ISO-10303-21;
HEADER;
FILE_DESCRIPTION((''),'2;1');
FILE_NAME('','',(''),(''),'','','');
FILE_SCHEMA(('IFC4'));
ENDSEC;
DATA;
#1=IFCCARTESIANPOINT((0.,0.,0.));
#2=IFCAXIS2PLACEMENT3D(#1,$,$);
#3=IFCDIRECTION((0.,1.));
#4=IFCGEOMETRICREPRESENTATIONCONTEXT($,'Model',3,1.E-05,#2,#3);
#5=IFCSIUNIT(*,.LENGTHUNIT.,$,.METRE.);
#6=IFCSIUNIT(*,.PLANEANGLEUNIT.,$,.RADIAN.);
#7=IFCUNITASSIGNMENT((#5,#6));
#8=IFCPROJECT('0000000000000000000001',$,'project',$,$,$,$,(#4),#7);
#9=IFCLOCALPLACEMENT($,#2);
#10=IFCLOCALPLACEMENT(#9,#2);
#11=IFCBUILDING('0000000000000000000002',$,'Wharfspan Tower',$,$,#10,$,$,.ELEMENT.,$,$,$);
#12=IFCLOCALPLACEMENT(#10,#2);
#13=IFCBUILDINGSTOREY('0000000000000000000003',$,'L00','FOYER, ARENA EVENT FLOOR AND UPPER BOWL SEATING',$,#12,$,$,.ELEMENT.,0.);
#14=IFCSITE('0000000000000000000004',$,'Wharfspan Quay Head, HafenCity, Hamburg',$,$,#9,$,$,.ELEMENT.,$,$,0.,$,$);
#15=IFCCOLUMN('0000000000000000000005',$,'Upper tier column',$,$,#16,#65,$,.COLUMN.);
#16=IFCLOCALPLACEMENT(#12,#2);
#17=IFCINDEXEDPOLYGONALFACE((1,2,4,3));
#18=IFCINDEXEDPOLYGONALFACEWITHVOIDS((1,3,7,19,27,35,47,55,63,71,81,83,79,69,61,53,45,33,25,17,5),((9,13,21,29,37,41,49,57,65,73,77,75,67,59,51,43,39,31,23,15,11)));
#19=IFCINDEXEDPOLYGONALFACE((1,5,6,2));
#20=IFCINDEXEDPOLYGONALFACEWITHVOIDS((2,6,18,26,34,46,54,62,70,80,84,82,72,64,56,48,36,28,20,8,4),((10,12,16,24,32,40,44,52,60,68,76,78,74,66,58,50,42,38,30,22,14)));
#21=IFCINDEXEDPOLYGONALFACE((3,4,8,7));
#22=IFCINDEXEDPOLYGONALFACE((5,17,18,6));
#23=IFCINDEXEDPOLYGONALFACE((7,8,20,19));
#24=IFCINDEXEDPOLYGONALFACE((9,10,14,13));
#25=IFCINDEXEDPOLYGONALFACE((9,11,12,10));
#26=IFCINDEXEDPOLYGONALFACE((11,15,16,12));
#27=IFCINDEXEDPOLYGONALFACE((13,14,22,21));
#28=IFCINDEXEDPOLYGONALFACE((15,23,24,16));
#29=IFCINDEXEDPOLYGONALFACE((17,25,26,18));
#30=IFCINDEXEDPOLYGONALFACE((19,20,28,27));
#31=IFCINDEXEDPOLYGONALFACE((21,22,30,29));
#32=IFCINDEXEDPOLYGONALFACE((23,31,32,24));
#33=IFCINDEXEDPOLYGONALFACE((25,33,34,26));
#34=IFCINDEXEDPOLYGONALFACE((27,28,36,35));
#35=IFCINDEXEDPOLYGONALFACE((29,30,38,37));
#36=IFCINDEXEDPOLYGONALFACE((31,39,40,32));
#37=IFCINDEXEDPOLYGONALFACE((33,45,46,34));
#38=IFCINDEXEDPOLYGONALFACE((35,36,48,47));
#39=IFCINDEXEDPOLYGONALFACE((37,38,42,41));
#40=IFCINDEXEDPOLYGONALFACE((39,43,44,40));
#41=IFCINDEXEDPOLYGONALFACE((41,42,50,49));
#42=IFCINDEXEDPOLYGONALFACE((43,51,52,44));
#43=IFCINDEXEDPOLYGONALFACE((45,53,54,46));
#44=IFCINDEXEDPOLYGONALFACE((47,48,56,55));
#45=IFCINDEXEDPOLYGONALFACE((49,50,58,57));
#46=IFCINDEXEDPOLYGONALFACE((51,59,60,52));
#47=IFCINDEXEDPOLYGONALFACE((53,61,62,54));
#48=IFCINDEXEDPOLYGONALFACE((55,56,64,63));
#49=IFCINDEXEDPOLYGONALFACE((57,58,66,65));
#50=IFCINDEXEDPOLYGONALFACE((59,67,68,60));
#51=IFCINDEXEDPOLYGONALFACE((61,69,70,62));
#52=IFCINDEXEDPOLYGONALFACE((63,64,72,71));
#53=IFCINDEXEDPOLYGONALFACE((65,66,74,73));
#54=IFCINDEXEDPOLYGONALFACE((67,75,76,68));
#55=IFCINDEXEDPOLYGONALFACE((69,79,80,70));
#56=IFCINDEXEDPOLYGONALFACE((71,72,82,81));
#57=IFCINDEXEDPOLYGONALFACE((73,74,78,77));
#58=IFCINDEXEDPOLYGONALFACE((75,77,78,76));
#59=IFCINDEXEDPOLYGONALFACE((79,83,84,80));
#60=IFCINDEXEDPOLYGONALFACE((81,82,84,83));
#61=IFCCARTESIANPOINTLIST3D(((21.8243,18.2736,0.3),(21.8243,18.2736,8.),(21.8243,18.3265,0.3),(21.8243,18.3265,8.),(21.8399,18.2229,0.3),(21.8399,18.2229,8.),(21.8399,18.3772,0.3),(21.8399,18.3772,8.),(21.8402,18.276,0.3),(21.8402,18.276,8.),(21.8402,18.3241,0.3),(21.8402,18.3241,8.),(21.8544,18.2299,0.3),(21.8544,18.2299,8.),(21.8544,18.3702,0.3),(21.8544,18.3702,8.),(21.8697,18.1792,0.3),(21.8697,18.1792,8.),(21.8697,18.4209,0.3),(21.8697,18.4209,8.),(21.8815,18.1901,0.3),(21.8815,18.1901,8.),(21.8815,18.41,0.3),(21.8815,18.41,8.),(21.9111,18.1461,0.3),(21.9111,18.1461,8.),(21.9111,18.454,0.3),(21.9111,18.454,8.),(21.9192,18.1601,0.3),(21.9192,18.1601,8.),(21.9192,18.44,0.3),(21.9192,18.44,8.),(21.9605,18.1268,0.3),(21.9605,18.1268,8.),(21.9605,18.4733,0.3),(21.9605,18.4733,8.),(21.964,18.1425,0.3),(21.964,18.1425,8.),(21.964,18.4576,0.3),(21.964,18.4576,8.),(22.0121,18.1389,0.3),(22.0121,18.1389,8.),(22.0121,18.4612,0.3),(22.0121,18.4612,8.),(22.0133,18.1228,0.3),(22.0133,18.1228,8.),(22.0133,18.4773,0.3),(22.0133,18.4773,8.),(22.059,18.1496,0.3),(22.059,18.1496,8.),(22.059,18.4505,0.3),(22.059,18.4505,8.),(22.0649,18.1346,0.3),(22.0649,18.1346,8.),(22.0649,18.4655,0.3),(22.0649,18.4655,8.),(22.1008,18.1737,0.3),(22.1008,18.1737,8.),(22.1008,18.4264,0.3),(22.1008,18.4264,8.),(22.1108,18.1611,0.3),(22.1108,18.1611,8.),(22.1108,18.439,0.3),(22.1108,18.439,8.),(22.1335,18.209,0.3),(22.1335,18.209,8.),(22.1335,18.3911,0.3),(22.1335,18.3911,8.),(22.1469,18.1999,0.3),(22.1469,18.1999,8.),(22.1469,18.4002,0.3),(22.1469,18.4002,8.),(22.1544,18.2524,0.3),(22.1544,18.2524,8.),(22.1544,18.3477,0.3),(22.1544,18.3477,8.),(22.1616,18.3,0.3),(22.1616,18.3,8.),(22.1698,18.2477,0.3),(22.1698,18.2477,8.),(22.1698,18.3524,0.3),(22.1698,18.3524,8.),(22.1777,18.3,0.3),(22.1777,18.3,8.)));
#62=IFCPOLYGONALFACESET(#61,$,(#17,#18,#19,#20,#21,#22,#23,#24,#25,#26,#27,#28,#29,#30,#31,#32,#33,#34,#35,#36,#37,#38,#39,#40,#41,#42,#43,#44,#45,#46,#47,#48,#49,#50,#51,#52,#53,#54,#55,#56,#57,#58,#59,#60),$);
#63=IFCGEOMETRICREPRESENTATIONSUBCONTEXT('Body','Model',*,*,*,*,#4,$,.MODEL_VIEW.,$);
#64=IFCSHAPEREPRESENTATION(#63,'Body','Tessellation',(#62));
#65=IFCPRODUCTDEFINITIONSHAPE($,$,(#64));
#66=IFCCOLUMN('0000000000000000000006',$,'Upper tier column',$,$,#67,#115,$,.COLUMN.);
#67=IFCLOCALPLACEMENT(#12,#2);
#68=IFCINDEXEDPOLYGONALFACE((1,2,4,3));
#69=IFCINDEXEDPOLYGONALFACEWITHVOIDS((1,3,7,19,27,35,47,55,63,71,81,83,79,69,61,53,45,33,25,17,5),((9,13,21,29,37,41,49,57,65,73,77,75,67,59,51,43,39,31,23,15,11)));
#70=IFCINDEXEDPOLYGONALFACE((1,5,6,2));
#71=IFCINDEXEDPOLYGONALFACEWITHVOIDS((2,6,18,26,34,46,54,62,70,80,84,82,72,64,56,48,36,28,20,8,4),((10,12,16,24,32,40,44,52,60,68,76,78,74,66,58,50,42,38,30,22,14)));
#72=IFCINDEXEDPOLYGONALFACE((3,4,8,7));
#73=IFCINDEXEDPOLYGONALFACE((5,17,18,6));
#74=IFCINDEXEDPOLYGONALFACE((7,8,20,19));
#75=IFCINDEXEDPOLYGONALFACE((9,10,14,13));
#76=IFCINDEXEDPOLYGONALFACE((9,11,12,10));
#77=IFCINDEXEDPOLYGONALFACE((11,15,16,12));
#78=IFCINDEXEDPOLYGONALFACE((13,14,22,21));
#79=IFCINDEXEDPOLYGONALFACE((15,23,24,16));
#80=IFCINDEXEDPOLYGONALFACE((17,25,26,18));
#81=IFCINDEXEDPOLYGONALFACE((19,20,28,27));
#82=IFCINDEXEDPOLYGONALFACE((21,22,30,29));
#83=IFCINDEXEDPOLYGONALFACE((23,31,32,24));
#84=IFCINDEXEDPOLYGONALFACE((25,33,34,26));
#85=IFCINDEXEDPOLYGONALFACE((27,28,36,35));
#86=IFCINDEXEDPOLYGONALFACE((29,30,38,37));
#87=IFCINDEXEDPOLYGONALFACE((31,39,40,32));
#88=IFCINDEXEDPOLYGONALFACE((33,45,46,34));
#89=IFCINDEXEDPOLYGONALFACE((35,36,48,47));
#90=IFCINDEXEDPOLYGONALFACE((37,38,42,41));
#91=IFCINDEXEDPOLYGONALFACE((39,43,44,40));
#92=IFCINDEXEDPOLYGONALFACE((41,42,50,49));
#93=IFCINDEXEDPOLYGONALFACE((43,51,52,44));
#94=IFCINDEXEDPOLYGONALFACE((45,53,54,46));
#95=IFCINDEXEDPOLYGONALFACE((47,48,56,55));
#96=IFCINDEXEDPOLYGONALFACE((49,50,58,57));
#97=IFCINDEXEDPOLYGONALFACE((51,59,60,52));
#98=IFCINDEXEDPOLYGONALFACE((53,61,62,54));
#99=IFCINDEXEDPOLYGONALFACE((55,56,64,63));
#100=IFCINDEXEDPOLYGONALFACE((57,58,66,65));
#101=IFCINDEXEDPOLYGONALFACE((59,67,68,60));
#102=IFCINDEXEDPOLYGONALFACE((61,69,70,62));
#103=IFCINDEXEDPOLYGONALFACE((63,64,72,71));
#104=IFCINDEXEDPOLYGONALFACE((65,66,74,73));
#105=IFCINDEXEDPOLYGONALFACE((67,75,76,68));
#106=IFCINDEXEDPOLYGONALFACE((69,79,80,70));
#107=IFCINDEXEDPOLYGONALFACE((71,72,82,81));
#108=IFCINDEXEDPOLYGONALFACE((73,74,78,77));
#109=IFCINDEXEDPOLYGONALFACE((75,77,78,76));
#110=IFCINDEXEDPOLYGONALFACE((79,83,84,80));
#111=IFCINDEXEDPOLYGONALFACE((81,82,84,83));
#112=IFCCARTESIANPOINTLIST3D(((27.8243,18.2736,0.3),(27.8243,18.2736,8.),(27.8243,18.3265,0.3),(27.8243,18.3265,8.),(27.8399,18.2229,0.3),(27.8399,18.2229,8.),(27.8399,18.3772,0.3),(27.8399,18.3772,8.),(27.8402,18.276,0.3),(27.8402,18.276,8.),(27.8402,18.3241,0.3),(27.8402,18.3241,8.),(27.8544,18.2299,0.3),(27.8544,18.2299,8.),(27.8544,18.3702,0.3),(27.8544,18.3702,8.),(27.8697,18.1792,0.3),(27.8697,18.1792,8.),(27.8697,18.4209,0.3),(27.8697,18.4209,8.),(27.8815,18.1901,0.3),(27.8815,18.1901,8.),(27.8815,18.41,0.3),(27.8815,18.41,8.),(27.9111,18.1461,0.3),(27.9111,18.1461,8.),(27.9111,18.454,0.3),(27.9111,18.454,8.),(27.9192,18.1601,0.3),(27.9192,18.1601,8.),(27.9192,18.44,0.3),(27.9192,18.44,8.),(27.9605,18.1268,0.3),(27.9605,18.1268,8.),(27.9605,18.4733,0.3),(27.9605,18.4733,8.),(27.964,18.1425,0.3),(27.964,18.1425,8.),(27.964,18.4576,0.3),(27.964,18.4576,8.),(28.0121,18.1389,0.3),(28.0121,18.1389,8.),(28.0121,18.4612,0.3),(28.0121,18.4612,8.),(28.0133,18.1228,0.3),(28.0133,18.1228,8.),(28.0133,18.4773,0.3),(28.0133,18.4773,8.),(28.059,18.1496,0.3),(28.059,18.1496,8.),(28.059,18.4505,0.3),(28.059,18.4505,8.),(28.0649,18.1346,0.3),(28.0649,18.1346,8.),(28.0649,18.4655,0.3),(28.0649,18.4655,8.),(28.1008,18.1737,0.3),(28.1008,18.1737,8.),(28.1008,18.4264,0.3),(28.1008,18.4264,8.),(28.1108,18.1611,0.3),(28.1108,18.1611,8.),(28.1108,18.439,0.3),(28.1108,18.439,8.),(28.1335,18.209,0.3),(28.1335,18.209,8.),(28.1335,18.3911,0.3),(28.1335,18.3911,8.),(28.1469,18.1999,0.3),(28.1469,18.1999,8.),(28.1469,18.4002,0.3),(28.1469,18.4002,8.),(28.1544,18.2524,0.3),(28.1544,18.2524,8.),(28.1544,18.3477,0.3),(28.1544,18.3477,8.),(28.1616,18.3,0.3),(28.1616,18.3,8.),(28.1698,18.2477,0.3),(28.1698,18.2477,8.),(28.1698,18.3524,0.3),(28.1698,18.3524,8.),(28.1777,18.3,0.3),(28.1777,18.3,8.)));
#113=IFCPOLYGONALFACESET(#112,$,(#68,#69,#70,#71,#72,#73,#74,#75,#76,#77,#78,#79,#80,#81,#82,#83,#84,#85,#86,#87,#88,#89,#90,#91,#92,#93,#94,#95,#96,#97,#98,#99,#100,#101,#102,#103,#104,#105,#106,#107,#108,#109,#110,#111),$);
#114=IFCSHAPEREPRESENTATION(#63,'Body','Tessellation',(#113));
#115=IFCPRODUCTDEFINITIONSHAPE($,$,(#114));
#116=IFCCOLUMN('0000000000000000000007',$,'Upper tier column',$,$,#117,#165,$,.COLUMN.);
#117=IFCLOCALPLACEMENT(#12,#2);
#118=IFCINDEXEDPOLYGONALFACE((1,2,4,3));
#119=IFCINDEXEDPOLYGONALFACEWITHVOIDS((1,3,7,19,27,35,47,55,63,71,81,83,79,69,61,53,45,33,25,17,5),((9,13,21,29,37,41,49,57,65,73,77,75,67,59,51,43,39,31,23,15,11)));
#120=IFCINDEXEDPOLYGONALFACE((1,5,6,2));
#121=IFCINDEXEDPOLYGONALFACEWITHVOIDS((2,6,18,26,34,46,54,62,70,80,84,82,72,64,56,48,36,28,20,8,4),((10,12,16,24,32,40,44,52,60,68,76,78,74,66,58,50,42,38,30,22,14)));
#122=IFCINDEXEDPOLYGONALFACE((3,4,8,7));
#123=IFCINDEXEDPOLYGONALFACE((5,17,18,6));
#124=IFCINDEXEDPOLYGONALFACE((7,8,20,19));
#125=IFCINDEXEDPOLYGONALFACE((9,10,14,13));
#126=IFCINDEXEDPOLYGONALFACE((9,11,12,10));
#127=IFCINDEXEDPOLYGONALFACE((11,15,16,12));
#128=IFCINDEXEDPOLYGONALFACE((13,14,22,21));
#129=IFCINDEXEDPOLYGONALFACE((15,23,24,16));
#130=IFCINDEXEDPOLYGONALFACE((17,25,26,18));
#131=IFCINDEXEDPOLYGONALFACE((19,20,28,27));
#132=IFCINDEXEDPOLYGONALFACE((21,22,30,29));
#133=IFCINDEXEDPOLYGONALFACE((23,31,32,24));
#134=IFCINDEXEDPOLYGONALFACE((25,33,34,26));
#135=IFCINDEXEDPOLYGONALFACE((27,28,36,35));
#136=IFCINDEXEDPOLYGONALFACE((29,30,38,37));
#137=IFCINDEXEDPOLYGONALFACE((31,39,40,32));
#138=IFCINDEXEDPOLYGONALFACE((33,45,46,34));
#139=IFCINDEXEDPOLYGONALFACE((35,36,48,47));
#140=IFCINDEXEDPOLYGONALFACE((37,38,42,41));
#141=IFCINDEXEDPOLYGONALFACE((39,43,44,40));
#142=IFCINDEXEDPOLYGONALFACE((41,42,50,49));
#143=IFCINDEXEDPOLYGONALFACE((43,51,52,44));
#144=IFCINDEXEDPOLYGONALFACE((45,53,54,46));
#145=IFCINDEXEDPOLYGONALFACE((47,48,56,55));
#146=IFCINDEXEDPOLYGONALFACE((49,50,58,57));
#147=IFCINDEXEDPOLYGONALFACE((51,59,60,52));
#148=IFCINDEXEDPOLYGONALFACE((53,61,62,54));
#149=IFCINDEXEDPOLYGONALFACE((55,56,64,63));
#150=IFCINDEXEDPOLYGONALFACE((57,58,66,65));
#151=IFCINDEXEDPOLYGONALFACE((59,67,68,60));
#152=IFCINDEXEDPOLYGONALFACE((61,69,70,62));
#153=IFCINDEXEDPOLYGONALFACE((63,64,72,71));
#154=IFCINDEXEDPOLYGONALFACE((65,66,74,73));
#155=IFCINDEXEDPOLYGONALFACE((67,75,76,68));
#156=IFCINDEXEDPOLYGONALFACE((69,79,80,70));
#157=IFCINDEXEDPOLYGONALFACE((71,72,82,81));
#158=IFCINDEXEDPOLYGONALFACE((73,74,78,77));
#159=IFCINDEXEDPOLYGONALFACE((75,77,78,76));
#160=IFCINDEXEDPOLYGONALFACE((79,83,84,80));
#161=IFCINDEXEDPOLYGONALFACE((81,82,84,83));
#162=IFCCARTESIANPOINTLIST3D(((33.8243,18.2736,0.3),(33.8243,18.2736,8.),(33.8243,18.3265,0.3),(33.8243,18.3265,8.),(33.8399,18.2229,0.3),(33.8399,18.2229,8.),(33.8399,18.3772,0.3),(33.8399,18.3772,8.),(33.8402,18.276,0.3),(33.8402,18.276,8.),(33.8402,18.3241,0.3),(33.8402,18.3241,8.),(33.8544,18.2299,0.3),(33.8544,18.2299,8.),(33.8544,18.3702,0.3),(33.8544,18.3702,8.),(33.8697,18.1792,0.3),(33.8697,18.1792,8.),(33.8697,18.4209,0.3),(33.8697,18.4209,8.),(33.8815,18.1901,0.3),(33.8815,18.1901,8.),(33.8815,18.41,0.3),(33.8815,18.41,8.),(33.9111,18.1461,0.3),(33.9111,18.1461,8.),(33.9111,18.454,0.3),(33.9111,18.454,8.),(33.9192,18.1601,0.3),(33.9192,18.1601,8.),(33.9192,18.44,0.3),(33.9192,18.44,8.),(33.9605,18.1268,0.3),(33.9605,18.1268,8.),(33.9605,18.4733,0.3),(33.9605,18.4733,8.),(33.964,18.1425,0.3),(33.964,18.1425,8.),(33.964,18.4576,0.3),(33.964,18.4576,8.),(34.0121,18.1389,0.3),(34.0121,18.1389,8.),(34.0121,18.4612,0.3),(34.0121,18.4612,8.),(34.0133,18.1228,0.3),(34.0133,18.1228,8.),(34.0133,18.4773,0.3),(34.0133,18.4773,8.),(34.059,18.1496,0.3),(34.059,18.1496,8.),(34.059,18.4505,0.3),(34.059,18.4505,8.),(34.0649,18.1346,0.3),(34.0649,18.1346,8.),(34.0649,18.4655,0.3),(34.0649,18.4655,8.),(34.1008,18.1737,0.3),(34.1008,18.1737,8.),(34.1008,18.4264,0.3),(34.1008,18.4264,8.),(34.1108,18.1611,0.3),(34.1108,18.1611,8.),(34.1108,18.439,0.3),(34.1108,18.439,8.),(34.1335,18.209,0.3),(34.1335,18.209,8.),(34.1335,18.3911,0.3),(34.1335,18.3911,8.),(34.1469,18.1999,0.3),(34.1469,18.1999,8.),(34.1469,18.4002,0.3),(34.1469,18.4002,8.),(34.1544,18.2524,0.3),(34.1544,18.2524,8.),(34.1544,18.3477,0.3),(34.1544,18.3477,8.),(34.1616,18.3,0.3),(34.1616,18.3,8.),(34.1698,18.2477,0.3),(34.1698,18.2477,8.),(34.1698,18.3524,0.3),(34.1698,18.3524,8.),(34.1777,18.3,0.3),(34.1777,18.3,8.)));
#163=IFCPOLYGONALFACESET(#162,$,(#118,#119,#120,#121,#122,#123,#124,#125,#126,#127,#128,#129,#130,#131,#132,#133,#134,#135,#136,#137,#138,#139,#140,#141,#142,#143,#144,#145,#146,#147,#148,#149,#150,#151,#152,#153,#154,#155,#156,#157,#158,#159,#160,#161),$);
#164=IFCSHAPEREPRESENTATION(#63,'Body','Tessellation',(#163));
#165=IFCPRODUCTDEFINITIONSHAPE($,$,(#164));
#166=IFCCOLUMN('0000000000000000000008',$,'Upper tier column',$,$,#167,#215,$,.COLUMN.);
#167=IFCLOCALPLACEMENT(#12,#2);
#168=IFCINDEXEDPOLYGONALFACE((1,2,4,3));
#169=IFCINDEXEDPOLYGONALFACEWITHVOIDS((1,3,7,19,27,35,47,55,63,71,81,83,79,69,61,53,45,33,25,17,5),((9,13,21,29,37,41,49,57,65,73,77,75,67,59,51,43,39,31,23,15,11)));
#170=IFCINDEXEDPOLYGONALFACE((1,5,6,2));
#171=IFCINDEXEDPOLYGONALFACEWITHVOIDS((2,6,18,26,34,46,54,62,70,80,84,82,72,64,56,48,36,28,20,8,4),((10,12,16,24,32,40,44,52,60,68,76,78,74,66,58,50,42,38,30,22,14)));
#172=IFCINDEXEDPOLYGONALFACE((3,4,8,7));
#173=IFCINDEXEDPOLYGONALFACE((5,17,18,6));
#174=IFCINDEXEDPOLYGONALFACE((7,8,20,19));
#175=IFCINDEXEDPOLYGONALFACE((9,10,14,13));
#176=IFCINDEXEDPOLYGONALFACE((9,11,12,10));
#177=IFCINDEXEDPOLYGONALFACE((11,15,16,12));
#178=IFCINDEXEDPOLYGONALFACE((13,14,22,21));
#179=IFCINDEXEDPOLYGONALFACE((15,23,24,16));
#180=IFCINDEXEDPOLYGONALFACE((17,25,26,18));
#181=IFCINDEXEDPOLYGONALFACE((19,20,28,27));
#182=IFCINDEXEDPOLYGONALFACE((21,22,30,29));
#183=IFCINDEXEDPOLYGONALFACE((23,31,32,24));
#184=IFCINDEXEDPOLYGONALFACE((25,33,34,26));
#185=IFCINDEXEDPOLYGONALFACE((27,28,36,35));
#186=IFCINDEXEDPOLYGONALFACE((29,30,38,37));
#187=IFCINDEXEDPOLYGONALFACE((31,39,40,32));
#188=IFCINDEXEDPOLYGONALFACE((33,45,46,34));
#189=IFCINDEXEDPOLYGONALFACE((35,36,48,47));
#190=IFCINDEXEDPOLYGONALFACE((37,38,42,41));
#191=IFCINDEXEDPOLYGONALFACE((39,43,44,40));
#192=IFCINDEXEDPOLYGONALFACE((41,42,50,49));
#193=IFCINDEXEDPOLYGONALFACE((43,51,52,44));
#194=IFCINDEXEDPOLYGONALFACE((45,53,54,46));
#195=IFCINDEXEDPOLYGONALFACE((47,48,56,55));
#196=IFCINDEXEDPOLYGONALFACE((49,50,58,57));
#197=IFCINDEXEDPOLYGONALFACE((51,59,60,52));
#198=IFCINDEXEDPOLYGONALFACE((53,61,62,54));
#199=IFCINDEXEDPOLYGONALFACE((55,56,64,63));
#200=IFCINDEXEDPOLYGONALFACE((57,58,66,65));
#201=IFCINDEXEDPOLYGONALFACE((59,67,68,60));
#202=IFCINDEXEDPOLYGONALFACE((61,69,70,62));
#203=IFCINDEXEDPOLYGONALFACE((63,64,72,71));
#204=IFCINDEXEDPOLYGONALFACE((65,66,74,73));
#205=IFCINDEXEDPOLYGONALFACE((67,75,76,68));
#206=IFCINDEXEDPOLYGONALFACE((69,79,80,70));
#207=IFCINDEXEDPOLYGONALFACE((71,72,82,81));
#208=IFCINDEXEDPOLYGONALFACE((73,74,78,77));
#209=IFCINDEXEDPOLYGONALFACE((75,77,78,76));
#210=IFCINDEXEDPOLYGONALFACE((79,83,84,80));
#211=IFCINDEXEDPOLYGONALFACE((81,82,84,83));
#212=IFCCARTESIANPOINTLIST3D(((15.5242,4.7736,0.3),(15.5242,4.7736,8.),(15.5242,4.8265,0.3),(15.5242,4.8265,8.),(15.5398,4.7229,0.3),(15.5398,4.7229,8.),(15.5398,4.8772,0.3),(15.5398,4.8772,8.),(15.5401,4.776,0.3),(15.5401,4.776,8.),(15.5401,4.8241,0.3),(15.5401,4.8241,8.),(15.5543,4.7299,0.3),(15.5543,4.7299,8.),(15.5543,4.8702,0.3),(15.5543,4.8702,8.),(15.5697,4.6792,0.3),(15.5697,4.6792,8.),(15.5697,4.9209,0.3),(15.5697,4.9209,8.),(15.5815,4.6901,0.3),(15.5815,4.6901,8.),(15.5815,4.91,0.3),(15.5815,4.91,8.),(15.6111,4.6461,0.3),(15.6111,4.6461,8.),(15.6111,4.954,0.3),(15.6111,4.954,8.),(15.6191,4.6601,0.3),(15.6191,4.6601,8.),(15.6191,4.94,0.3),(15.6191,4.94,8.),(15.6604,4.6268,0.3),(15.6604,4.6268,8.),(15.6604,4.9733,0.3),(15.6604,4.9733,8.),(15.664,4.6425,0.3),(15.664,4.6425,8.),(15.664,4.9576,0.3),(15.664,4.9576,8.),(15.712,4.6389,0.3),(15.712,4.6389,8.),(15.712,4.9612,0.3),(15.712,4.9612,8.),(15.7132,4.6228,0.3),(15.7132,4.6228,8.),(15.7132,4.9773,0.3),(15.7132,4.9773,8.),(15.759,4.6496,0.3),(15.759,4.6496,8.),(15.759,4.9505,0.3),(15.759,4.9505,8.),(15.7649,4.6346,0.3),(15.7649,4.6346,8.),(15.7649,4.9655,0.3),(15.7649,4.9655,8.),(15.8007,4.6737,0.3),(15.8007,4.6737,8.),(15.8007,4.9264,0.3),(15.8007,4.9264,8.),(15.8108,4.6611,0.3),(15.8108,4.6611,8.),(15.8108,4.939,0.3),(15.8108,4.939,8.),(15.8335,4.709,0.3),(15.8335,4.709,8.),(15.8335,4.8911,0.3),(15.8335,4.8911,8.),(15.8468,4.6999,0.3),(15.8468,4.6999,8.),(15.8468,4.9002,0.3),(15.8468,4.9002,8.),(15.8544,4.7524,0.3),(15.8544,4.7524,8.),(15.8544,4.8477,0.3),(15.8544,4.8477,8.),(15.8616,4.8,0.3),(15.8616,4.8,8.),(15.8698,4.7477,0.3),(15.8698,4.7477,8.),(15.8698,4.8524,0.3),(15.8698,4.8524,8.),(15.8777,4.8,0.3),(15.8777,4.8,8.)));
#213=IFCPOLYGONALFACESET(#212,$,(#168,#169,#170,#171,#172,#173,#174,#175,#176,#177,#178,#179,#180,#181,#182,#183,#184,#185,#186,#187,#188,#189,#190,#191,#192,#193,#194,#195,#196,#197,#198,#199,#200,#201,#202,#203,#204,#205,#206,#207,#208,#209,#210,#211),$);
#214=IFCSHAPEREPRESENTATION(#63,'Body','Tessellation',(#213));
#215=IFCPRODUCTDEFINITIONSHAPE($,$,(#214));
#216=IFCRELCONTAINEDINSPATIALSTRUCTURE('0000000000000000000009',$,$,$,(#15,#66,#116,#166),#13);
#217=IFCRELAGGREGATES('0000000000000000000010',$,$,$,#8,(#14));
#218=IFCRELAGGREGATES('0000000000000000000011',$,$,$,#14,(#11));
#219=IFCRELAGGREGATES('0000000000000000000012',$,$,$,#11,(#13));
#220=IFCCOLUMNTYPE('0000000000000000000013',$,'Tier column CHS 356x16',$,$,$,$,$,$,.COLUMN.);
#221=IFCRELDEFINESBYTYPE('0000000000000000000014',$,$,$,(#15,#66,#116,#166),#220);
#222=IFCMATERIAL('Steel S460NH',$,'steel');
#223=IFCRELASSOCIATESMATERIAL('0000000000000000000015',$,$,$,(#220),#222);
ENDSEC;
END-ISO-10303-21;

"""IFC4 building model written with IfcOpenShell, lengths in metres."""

from ifc_helpers import new_model, si_unit, direction, frame, origin, origin_2d, place, context, subcontext, project, spatial, hollow_circle, extrude, material, material_profile, profile_set, type_object, element, save


model = new_model("IFC4")

# Units and contexts
model_context = context("Model", 3, precision=1e-05, world=origin(), true_north=direction((0.0, 1.0)))
body_context = subcontext(model_context, "Body", "Model", "MODEL_VIEW")
ifc_project = project(units=[si_unit("LENGTHUNIT", "METRE"), si_unit("PLANEANGLEUNIT", "RADIAN")], contexts=[model_context])

# Site, building, storey
site_placement = place(None, origin())
site = spatial("IfcSite", under=ifc_project, at=site_placement, Name="Wharfspan Quay Head, HafenCity, Hamburg", CompositionType="ELEMENT", RefElevation=0.0)
building_placement = place(site_placement, origin())
building = spatial("IfcBuilding", under=site, at=building_placement, Name="Wharfspan Tower", CompositionType="ELEMENT")
storey_placement = place(building_placement, origin())
storey = spatial("IfcBuildingStorey", under=building, at=storey_placement, Name="L00", Description="FOYER, ARENA EVENT FLOOR AND UPPER BOWL SEATING", CompositionType="ELEMENT", Elevation=0.0)

# Columns
ifc_material_1 = material(Name="Steel S460NH", Category="steel")
ifc_material_profile_1 = material_profile(ifc_material_1, hollow_circle(Radius=0.1777, WallThickness=0.0161, at=origin_2d()))
ifc_profile_set_1 = profile_set([ifc_material_profile_1], Name="Steel S460NH")
column_type_1 = type_object("IfcColumnType", Name="Tier column CHS 356x16", PredefinedType="COLUMN", material=ifc_profile_set_1)
for number, where, z_axis, x_axis, name in (
    (1, (22.0, 18.3, 0.3), (0.0, 0.0, 1.0), (1.0, 0.0, 0.0), "Upper tier column"),
    (2, (28.0, 18.3, 0.3), (0.0, 0.0, 1.0), (1.0, 0.0, 0.0), "Upper tier column"),
    (3, (34.0, 18.3, 0.3), (0.0, 0.0, 1.0), (1.0, 0.0, 0.0), "Upper tier column"),
    (4, (15.7, 4.8, 0.3), (0.0, 0.0, 1.0), (1.0, 0.0, 0.0), "Upper tier column"),
):
    element("IfcColumn", number, at=place(storey_placement, frame(where, z_axis=z_axis, x_axis=x_axis)), inside=storey, type_object=column_type_1, Name=name, PredefinedType="COLUMN", context=body_context, shape_type="SweptSolid", body=[
        extrude(hollow_circle(Radius=0.1777, WallThickness=0.0161, at=origin_2d()), origin(), (0.0, 0.0, 1.0), 7.7),
    ])

save(model, "model.ifc")
